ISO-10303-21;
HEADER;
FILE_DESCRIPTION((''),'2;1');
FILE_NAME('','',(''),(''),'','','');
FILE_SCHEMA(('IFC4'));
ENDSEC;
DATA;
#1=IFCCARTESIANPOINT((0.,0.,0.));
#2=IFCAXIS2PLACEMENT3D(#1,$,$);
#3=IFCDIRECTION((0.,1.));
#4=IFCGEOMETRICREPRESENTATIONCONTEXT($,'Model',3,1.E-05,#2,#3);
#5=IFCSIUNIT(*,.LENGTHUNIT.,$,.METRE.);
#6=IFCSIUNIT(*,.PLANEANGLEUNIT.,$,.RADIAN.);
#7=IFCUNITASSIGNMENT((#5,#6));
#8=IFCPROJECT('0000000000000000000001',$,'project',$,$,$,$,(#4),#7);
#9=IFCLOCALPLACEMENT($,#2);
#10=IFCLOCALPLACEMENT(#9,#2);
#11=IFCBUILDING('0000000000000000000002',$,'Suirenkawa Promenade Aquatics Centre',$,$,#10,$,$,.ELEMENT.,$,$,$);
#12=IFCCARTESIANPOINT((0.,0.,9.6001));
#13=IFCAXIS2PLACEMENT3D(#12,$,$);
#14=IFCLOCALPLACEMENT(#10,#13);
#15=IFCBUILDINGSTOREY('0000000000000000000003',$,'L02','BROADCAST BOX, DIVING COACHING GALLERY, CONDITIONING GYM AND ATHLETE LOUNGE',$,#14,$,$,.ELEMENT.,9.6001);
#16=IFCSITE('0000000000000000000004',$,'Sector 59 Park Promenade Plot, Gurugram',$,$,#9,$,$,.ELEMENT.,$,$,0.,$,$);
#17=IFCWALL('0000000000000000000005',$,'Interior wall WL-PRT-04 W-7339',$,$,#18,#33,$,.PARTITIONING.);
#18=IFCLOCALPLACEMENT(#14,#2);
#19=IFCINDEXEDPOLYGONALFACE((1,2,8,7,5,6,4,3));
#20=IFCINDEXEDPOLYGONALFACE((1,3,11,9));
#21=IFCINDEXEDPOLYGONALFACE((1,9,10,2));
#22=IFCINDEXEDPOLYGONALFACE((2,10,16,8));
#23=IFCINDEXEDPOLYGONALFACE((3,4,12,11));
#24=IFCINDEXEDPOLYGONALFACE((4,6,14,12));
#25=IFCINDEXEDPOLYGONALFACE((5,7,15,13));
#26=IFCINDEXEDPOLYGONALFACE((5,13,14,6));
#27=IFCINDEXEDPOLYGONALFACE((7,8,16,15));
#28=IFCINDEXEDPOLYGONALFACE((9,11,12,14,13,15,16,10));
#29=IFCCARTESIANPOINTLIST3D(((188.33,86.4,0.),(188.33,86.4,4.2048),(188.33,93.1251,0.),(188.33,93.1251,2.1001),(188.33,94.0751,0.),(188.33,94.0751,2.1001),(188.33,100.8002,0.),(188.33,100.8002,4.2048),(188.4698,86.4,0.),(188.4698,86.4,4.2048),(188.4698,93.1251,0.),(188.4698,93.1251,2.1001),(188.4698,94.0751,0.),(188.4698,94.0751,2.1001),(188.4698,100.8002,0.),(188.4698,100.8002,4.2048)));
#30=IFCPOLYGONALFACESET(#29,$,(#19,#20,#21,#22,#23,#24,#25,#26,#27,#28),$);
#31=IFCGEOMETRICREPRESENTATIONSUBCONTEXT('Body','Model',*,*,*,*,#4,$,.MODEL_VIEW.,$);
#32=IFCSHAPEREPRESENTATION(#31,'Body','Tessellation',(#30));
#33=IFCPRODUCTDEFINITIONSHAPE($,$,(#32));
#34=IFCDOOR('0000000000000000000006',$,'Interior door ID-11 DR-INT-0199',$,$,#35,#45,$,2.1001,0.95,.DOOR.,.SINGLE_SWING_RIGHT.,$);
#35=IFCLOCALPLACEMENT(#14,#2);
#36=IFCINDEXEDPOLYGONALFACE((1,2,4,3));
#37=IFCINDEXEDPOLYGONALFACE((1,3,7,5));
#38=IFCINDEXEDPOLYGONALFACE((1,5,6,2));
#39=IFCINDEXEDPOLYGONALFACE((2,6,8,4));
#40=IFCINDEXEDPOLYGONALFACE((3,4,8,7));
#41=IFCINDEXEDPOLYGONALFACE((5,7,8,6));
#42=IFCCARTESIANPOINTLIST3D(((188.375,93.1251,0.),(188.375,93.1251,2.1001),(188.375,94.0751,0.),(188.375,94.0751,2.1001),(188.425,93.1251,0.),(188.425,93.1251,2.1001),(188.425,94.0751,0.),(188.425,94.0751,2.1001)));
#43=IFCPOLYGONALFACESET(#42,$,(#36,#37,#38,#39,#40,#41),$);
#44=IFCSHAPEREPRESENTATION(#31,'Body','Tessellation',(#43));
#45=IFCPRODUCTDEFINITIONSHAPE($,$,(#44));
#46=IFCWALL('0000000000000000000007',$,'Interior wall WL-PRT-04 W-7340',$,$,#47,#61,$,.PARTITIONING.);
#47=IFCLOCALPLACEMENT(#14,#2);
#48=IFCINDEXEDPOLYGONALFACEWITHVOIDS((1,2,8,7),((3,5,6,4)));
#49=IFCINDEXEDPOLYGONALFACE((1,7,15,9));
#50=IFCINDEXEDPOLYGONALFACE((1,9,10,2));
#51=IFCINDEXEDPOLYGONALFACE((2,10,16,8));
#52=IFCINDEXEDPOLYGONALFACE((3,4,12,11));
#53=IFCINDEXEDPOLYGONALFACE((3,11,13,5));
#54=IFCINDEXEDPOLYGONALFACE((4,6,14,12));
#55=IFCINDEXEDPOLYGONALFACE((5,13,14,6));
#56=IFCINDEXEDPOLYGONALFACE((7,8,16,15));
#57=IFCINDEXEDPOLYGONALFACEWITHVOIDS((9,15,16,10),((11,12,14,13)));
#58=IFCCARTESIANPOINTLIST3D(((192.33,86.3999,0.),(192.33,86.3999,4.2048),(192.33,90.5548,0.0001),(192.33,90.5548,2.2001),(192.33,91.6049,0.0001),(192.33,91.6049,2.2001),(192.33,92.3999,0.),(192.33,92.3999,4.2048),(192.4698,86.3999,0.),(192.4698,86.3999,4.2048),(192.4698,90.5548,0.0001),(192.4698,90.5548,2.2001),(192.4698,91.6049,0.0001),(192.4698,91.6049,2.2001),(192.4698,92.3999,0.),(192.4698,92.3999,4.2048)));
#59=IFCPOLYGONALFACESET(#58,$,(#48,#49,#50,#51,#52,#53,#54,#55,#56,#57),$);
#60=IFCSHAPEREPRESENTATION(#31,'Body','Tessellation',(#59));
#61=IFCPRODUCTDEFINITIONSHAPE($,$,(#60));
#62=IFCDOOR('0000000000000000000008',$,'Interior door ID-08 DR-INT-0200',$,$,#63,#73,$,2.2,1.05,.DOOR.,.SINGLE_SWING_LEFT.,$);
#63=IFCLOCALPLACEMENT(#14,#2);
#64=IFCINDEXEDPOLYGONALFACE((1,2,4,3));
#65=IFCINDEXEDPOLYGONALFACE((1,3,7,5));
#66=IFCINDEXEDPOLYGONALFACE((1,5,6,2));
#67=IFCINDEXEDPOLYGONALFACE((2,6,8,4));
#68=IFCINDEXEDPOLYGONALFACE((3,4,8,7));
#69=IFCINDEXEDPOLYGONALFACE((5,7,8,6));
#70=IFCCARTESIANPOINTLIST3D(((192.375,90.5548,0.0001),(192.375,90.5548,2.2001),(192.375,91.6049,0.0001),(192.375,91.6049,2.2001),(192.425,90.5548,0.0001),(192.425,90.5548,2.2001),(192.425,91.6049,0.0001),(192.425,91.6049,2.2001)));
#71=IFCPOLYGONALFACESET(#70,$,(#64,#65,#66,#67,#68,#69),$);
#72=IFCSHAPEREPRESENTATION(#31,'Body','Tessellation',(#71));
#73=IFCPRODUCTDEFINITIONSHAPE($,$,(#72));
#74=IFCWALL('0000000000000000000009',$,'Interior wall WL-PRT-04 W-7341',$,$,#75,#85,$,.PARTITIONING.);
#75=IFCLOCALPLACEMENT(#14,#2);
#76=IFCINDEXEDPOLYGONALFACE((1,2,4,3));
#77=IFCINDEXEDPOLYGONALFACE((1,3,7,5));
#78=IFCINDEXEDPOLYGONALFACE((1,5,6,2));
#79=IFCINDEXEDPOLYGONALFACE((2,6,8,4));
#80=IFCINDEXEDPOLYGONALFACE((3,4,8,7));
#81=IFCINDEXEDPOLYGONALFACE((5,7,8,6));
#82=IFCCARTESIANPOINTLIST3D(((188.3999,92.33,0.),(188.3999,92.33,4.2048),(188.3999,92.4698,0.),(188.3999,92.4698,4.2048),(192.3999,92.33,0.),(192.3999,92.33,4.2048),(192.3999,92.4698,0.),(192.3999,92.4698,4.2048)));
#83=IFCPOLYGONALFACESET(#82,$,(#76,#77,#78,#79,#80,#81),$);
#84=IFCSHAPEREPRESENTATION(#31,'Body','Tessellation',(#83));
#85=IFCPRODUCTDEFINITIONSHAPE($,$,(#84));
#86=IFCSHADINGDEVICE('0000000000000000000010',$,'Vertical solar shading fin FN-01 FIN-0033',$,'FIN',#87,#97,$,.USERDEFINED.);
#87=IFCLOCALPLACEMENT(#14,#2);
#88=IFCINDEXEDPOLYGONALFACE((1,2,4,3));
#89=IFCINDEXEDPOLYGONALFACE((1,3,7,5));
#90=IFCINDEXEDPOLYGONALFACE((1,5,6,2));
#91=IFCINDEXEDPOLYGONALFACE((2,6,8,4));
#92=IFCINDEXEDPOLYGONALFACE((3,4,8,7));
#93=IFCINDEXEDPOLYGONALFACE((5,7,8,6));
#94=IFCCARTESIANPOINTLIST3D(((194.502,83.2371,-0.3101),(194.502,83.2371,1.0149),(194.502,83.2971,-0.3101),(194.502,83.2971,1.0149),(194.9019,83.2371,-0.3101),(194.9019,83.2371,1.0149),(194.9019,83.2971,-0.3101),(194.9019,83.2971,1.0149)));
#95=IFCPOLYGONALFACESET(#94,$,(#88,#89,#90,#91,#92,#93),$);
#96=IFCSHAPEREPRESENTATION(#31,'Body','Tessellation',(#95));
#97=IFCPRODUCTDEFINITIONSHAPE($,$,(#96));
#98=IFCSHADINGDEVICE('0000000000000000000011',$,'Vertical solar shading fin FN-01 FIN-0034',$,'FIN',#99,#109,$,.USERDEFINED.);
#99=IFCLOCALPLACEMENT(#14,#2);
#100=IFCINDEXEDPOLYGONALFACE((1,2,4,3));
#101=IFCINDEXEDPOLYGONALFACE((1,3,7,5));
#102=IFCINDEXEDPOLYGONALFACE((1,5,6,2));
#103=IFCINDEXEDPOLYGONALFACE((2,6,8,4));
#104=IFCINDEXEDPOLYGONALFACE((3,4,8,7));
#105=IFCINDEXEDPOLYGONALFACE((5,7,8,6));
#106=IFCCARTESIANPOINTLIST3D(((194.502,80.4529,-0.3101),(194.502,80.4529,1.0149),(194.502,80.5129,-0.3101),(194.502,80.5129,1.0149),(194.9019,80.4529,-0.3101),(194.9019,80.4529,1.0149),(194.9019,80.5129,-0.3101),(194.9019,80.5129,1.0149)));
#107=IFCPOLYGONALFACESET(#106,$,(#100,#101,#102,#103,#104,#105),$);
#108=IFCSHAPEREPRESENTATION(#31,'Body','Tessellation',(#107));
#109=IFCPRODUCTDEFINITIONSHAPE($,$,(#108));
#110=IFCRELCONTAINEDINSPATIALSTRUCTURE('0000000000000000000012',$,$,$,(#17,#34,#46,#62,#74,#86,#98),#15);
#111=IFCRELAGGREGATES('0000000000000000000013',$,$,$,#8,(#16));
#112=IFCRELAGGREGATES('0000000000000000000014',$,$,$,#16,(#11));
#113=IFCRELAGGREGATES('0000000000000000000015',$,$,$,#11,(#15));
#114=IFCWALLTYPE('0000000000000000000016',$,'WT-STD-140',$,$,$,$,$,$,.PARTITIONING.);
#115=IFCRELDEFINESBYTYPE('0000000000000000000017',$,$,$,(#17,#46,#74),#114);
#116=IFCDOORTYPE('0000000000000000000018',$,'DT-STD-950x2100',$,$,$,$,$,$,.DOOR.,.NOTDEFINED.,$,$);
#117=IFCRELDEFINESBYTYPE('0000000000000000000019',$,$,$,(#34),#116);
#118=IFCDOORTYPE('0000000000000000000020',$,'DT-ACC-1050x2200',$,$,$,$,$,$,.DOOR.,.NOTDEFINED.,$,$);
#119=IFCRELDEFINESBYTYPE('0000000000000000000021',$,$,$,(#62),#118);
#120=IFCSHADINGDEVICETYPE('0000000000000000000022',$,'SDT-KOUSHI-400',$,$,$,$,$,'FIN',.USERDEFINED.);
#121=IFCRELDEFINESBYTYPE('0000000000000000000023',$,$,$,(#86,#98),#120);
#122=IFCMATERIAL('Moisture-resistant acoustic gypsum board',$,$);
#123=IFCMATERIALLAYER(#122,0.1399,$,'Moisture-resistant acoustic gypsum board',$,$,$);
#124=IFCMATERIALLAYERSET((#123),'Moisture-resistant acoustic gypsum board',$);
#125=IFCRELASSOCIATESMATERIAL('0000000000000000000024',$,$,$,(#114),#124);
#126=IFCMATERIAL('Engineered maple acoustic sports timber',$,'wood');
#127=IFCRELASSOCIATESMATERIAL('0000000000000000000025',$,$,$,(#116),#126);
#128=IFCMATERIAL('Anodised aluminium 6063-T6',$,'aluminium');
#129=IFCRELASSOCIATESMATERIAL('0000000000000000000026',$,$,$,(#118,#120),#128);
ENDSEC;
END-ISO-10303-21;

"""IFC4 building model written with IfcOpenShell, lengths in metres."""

from ifc_helpers import new_model, si_unit, direction, frame, frame_2d, origin, origin_2d, place, context, subcontext, project, spatial, rectangle, extrude, material, layer, layer_set, type_object, element, fill, save


model = new_model("IFC4")

# Units and contexts
model_context = context("Model", 3, precision=1e-05, world=origin(), true_north=direction((0.0, 1.0)))
body_context = subcontext(model_context, "Body", "Model", "MODEL_VIEW")
ifc_project = project(units=[si_unit("LENGTHUNIT", "METRE"), si_unit("PLANEANGLEUNIT", "RADIAN")], contexts=[model_context])

# Site, building, storey
site_placement = place(None, origin())
site = spatial("IfcSite", under=ifc_project, at=site_placement, Name="Sector 59 Park Promenade Plot, Gurugram", CompositionType="ELEMENT", RefElevation=0.0)
building_placement = place(site_placement, origin())
building = spatial("IfcBuilding", under=site, at=building_placement, Name="Suirenkawa Promenade Aquatics Centre", CompositionType="ELEMENT")
storey_placement = place(building_placement, frame((0.0, 0.0, 9.6001)))
storey = spatial("IfcBuildingStorey", under=building, at=storey_placement, Name="L02", Description="BROADCAST BOX, DIVING COACHING GALLERY, CONDITIONING GYM AND ATHLETE LOUNGE", CompositionType="ELEMENT", Elevation=9.6001)

# Shared definitions
ifc_material_1 = material(Name="Anodised aluminium 6063-T6", Category="aluminium")

# Walls, openings, doors
ifc_material_2 = material(Name="Moisture-resistant acoustic gypsum board")
ifc_layer_1 = layer(ifc_material_2, 0.1399, Name="Moisture-resistant acoustic gypsum board")
ifc_layer_set_1 = layer_set([ifc_layer_1], Name="Moisture-resistant acoustic gypsum board")
wall_type_1 = type_object("IfcWallType", Name="WT-STD-140", PredefinedType="PARTITIONING", material=ifc_layer_set_1)
wall_1_placement = place(storey_placement, frame((188.3999, 86.3999, 0.0), z_axis=(0.0, 0.0, 1.0), x_axis=(0.0, 1.0, 0.0)))
wall_1 = element("IfcWall", 1, at=wall_1_placement, inside=storey, type_object=wall_type_1, Name="Interior wall WL-PRT-04 W-7339", PredefinedType="PARTITIONING", context=body_context, shape_type="SweptSolid", body=[
    extrude(rectangle(XDim=14.4001, YDim=0.1399, at=frame_2d((7.2002, 0.0))), origin(), (0.0, 0.0, 1.0), 4.2048),
])
opening_1_placement = place(wall_1_placement, frame((6.7251, 0.0, 0.0)))
opening_1 = element("IfcOpeningElement", 2, at=opening_1_placement, cuts=wall_1, PredefinedType="OPENING", context=body_context, shape_type="SweptSolid", body=[
    extrude(rectangle(XDim=0.95, YDim=2.1001, at=frame_2d((0.4751, 1.05))), frame((0.0, 0.0798, 0.0), z_axis=(0.0, -1.0, 0.0), x_axis=(1.0, 0.0, 0.0)), (0.0, 0.0, 1.0), 0.1599),
])
ifc_material_3 = material(Name="Engineered maple acoustic sports timber", Category="wood")
door_type_1 = type_object("IfcDoorType", Name="DT-STD-950x2100", OperationType="NOTDEFINED", PredefinedType="DOOR", material=ifc_material_3)
door_1_placement = place(opening_1_placement, origin())
door_1 = element("IfcDoor", 3, at=door_1_placement, inside=storey, type_object=door_type_1, Name="Interior door ID-11 DR-INT-0199", OperationType="SINGLE_SWING_RIGHT", OverallHeight=2.1001, OverallWidth=0.95, PredefinedType="DOOR", context=body_context, shape_type="SweptSolid", body=[
    extrude(rectangle(XDim=0.95, YDim=2.1001, at=frame_2d((0.4751, 1.05))), frame((0.0, 0.0249, 0.0), z_axis=(0.0, -1.0, 0.0), x_axis=(1.0, 0.0, 0.0)), (0.0, 0.0, 1.0), 0.05),
])
fill(opening_1, door_1)
wall_2_placement = place(storey_placement, frame((192.3999, 86.3999, 0.0), z_axis=(0.0, 0.0, 1.0), x_axis=(0.0, 1.0, 0.0)))
wall_2 = element("IfcWall", 4, at=wall_2_placement, inside=storey, type_object=wall_type_1, Name="Interior wall WL-PRT-04 W-7340", PredefinedType="PARTITIONING", context=body_context, shape_type="SweptSolid", body=[
    extrude(rectangle(XDim=6.0, YDim=0.1399, at=frame_2d((3.0, 0.0))), origin(), (0.0, 0.0, 1.0), 4.2048),
])
opening_2_placement = place(wall_2_placement, frame((4.155, 0.0, 0.0)))
opening_2 = element("IfcOpeningElement", 5, at=opening_2_placement, cuts=wall_2, PredefinedType="OPENING", context=body_context, shape_type="SweptSolid", body=[
    extrude(rectangle(XDim=1.05, YDim=2.2, at=frame_2d((0.5249, 1.1001))), frame((0.0, 0.0798, 0.0), z_axis=(0.0, -1.0, 0.0), x_axis=(1.0, 0.0, 0.0)), (0.0, 0.0, 1.0), 0.1599),
])
door_type_2 = type_object("IfcDoorType", Name="DT-ACC-1050x2200", OperationType="NOTDEFINED", PredefinedType="DOOR", material=ifc_material_1)
door_2_placement = place(opening_2_placement, origin())
door_2 = element("IfcDoor", 6, at=door_2_placement, inside=storey, type_object=door_type_2, Name="Interior door ID-08 DR-INT-0200", OperationType="SINGLE_SWING_LEFT", OverallHeight=2.2, OverallWidth=1.05, PredefinedType="DOOR", context=body_context, shape_type="SweptSolid", body=[
    extrude(rectangle(XDim=1.05, YDim=2.2, at=frame_2d((0.5249, 1.1001))), frame((0.0, 0.0249, 0.0), z_axis=(0.0, -1.0, 0.0), x_axis=(1.0, 0.0, 0.0)), (0.0, 0.0, 1.0), 0.05),
])
fill(opening_2, door_2)

# Wall
wall_3_placement = place(storey_placement, frame((188.3999, 92.3999, 0.0), z_axis=(0.0, 0.0, 1.0), x_axis=(1.0, 0.0, 0.0)))
element("IfcWall", 7, at=wall_3_placement, inside=storey, type_object=wall_type_1, Name="Interior wall WL-PRT-04 W-7341", PredefinedType="PARTITIONING", context=body_context, shape_type="SweptSolid", body=[
    extrude(rectangle(XDim=4.0, YDim=0.1399, at=frame_2d((2.0, 0.0))), origin(), (0.0, 0.0, 1.0), 4.2048),
])

# Shading devices
shading_device_type = type_object("IfcShadingDeviceType", Name="SDT-KOUSHI-400", ElementType="FIN", PredefinedType="USERDEFINED", material=ifc_material_1)
for number, where, z_axis, x_axis, name in (
    (8, (194.7019, 83.2671, -0.3101), (0.0, 0.0, 1.0), (1.0, 0.0, 0.0), "Vertical solar shading fin FN-01 FIN-0033"),
    (9, (194.7019, 80.4829, -0.3101), (0.0, 0.0, 1.0), (1.0, 0.0, 0.0), "Vertical solar shading fin FN-01 FIN-0034"),
):
    element("IfcShadingDevice", number, at=place(storey_placement, frame(where, z_axis=z_axis, x_axis=x_axis)), inside=storey, type_object=shading_device_type, Name=name, ObjectType="FIN", PredefinedType="USERDEFINED", context=body_context, shape_type="SweptSolid", body=[
        extrude(rectangle(XDim=0.3999, YDim=0.0601, at=origin_2d()), origin(), (0.0, 0.0, 1.0), 1.325),
    ])

save(model, "model.ifc")
